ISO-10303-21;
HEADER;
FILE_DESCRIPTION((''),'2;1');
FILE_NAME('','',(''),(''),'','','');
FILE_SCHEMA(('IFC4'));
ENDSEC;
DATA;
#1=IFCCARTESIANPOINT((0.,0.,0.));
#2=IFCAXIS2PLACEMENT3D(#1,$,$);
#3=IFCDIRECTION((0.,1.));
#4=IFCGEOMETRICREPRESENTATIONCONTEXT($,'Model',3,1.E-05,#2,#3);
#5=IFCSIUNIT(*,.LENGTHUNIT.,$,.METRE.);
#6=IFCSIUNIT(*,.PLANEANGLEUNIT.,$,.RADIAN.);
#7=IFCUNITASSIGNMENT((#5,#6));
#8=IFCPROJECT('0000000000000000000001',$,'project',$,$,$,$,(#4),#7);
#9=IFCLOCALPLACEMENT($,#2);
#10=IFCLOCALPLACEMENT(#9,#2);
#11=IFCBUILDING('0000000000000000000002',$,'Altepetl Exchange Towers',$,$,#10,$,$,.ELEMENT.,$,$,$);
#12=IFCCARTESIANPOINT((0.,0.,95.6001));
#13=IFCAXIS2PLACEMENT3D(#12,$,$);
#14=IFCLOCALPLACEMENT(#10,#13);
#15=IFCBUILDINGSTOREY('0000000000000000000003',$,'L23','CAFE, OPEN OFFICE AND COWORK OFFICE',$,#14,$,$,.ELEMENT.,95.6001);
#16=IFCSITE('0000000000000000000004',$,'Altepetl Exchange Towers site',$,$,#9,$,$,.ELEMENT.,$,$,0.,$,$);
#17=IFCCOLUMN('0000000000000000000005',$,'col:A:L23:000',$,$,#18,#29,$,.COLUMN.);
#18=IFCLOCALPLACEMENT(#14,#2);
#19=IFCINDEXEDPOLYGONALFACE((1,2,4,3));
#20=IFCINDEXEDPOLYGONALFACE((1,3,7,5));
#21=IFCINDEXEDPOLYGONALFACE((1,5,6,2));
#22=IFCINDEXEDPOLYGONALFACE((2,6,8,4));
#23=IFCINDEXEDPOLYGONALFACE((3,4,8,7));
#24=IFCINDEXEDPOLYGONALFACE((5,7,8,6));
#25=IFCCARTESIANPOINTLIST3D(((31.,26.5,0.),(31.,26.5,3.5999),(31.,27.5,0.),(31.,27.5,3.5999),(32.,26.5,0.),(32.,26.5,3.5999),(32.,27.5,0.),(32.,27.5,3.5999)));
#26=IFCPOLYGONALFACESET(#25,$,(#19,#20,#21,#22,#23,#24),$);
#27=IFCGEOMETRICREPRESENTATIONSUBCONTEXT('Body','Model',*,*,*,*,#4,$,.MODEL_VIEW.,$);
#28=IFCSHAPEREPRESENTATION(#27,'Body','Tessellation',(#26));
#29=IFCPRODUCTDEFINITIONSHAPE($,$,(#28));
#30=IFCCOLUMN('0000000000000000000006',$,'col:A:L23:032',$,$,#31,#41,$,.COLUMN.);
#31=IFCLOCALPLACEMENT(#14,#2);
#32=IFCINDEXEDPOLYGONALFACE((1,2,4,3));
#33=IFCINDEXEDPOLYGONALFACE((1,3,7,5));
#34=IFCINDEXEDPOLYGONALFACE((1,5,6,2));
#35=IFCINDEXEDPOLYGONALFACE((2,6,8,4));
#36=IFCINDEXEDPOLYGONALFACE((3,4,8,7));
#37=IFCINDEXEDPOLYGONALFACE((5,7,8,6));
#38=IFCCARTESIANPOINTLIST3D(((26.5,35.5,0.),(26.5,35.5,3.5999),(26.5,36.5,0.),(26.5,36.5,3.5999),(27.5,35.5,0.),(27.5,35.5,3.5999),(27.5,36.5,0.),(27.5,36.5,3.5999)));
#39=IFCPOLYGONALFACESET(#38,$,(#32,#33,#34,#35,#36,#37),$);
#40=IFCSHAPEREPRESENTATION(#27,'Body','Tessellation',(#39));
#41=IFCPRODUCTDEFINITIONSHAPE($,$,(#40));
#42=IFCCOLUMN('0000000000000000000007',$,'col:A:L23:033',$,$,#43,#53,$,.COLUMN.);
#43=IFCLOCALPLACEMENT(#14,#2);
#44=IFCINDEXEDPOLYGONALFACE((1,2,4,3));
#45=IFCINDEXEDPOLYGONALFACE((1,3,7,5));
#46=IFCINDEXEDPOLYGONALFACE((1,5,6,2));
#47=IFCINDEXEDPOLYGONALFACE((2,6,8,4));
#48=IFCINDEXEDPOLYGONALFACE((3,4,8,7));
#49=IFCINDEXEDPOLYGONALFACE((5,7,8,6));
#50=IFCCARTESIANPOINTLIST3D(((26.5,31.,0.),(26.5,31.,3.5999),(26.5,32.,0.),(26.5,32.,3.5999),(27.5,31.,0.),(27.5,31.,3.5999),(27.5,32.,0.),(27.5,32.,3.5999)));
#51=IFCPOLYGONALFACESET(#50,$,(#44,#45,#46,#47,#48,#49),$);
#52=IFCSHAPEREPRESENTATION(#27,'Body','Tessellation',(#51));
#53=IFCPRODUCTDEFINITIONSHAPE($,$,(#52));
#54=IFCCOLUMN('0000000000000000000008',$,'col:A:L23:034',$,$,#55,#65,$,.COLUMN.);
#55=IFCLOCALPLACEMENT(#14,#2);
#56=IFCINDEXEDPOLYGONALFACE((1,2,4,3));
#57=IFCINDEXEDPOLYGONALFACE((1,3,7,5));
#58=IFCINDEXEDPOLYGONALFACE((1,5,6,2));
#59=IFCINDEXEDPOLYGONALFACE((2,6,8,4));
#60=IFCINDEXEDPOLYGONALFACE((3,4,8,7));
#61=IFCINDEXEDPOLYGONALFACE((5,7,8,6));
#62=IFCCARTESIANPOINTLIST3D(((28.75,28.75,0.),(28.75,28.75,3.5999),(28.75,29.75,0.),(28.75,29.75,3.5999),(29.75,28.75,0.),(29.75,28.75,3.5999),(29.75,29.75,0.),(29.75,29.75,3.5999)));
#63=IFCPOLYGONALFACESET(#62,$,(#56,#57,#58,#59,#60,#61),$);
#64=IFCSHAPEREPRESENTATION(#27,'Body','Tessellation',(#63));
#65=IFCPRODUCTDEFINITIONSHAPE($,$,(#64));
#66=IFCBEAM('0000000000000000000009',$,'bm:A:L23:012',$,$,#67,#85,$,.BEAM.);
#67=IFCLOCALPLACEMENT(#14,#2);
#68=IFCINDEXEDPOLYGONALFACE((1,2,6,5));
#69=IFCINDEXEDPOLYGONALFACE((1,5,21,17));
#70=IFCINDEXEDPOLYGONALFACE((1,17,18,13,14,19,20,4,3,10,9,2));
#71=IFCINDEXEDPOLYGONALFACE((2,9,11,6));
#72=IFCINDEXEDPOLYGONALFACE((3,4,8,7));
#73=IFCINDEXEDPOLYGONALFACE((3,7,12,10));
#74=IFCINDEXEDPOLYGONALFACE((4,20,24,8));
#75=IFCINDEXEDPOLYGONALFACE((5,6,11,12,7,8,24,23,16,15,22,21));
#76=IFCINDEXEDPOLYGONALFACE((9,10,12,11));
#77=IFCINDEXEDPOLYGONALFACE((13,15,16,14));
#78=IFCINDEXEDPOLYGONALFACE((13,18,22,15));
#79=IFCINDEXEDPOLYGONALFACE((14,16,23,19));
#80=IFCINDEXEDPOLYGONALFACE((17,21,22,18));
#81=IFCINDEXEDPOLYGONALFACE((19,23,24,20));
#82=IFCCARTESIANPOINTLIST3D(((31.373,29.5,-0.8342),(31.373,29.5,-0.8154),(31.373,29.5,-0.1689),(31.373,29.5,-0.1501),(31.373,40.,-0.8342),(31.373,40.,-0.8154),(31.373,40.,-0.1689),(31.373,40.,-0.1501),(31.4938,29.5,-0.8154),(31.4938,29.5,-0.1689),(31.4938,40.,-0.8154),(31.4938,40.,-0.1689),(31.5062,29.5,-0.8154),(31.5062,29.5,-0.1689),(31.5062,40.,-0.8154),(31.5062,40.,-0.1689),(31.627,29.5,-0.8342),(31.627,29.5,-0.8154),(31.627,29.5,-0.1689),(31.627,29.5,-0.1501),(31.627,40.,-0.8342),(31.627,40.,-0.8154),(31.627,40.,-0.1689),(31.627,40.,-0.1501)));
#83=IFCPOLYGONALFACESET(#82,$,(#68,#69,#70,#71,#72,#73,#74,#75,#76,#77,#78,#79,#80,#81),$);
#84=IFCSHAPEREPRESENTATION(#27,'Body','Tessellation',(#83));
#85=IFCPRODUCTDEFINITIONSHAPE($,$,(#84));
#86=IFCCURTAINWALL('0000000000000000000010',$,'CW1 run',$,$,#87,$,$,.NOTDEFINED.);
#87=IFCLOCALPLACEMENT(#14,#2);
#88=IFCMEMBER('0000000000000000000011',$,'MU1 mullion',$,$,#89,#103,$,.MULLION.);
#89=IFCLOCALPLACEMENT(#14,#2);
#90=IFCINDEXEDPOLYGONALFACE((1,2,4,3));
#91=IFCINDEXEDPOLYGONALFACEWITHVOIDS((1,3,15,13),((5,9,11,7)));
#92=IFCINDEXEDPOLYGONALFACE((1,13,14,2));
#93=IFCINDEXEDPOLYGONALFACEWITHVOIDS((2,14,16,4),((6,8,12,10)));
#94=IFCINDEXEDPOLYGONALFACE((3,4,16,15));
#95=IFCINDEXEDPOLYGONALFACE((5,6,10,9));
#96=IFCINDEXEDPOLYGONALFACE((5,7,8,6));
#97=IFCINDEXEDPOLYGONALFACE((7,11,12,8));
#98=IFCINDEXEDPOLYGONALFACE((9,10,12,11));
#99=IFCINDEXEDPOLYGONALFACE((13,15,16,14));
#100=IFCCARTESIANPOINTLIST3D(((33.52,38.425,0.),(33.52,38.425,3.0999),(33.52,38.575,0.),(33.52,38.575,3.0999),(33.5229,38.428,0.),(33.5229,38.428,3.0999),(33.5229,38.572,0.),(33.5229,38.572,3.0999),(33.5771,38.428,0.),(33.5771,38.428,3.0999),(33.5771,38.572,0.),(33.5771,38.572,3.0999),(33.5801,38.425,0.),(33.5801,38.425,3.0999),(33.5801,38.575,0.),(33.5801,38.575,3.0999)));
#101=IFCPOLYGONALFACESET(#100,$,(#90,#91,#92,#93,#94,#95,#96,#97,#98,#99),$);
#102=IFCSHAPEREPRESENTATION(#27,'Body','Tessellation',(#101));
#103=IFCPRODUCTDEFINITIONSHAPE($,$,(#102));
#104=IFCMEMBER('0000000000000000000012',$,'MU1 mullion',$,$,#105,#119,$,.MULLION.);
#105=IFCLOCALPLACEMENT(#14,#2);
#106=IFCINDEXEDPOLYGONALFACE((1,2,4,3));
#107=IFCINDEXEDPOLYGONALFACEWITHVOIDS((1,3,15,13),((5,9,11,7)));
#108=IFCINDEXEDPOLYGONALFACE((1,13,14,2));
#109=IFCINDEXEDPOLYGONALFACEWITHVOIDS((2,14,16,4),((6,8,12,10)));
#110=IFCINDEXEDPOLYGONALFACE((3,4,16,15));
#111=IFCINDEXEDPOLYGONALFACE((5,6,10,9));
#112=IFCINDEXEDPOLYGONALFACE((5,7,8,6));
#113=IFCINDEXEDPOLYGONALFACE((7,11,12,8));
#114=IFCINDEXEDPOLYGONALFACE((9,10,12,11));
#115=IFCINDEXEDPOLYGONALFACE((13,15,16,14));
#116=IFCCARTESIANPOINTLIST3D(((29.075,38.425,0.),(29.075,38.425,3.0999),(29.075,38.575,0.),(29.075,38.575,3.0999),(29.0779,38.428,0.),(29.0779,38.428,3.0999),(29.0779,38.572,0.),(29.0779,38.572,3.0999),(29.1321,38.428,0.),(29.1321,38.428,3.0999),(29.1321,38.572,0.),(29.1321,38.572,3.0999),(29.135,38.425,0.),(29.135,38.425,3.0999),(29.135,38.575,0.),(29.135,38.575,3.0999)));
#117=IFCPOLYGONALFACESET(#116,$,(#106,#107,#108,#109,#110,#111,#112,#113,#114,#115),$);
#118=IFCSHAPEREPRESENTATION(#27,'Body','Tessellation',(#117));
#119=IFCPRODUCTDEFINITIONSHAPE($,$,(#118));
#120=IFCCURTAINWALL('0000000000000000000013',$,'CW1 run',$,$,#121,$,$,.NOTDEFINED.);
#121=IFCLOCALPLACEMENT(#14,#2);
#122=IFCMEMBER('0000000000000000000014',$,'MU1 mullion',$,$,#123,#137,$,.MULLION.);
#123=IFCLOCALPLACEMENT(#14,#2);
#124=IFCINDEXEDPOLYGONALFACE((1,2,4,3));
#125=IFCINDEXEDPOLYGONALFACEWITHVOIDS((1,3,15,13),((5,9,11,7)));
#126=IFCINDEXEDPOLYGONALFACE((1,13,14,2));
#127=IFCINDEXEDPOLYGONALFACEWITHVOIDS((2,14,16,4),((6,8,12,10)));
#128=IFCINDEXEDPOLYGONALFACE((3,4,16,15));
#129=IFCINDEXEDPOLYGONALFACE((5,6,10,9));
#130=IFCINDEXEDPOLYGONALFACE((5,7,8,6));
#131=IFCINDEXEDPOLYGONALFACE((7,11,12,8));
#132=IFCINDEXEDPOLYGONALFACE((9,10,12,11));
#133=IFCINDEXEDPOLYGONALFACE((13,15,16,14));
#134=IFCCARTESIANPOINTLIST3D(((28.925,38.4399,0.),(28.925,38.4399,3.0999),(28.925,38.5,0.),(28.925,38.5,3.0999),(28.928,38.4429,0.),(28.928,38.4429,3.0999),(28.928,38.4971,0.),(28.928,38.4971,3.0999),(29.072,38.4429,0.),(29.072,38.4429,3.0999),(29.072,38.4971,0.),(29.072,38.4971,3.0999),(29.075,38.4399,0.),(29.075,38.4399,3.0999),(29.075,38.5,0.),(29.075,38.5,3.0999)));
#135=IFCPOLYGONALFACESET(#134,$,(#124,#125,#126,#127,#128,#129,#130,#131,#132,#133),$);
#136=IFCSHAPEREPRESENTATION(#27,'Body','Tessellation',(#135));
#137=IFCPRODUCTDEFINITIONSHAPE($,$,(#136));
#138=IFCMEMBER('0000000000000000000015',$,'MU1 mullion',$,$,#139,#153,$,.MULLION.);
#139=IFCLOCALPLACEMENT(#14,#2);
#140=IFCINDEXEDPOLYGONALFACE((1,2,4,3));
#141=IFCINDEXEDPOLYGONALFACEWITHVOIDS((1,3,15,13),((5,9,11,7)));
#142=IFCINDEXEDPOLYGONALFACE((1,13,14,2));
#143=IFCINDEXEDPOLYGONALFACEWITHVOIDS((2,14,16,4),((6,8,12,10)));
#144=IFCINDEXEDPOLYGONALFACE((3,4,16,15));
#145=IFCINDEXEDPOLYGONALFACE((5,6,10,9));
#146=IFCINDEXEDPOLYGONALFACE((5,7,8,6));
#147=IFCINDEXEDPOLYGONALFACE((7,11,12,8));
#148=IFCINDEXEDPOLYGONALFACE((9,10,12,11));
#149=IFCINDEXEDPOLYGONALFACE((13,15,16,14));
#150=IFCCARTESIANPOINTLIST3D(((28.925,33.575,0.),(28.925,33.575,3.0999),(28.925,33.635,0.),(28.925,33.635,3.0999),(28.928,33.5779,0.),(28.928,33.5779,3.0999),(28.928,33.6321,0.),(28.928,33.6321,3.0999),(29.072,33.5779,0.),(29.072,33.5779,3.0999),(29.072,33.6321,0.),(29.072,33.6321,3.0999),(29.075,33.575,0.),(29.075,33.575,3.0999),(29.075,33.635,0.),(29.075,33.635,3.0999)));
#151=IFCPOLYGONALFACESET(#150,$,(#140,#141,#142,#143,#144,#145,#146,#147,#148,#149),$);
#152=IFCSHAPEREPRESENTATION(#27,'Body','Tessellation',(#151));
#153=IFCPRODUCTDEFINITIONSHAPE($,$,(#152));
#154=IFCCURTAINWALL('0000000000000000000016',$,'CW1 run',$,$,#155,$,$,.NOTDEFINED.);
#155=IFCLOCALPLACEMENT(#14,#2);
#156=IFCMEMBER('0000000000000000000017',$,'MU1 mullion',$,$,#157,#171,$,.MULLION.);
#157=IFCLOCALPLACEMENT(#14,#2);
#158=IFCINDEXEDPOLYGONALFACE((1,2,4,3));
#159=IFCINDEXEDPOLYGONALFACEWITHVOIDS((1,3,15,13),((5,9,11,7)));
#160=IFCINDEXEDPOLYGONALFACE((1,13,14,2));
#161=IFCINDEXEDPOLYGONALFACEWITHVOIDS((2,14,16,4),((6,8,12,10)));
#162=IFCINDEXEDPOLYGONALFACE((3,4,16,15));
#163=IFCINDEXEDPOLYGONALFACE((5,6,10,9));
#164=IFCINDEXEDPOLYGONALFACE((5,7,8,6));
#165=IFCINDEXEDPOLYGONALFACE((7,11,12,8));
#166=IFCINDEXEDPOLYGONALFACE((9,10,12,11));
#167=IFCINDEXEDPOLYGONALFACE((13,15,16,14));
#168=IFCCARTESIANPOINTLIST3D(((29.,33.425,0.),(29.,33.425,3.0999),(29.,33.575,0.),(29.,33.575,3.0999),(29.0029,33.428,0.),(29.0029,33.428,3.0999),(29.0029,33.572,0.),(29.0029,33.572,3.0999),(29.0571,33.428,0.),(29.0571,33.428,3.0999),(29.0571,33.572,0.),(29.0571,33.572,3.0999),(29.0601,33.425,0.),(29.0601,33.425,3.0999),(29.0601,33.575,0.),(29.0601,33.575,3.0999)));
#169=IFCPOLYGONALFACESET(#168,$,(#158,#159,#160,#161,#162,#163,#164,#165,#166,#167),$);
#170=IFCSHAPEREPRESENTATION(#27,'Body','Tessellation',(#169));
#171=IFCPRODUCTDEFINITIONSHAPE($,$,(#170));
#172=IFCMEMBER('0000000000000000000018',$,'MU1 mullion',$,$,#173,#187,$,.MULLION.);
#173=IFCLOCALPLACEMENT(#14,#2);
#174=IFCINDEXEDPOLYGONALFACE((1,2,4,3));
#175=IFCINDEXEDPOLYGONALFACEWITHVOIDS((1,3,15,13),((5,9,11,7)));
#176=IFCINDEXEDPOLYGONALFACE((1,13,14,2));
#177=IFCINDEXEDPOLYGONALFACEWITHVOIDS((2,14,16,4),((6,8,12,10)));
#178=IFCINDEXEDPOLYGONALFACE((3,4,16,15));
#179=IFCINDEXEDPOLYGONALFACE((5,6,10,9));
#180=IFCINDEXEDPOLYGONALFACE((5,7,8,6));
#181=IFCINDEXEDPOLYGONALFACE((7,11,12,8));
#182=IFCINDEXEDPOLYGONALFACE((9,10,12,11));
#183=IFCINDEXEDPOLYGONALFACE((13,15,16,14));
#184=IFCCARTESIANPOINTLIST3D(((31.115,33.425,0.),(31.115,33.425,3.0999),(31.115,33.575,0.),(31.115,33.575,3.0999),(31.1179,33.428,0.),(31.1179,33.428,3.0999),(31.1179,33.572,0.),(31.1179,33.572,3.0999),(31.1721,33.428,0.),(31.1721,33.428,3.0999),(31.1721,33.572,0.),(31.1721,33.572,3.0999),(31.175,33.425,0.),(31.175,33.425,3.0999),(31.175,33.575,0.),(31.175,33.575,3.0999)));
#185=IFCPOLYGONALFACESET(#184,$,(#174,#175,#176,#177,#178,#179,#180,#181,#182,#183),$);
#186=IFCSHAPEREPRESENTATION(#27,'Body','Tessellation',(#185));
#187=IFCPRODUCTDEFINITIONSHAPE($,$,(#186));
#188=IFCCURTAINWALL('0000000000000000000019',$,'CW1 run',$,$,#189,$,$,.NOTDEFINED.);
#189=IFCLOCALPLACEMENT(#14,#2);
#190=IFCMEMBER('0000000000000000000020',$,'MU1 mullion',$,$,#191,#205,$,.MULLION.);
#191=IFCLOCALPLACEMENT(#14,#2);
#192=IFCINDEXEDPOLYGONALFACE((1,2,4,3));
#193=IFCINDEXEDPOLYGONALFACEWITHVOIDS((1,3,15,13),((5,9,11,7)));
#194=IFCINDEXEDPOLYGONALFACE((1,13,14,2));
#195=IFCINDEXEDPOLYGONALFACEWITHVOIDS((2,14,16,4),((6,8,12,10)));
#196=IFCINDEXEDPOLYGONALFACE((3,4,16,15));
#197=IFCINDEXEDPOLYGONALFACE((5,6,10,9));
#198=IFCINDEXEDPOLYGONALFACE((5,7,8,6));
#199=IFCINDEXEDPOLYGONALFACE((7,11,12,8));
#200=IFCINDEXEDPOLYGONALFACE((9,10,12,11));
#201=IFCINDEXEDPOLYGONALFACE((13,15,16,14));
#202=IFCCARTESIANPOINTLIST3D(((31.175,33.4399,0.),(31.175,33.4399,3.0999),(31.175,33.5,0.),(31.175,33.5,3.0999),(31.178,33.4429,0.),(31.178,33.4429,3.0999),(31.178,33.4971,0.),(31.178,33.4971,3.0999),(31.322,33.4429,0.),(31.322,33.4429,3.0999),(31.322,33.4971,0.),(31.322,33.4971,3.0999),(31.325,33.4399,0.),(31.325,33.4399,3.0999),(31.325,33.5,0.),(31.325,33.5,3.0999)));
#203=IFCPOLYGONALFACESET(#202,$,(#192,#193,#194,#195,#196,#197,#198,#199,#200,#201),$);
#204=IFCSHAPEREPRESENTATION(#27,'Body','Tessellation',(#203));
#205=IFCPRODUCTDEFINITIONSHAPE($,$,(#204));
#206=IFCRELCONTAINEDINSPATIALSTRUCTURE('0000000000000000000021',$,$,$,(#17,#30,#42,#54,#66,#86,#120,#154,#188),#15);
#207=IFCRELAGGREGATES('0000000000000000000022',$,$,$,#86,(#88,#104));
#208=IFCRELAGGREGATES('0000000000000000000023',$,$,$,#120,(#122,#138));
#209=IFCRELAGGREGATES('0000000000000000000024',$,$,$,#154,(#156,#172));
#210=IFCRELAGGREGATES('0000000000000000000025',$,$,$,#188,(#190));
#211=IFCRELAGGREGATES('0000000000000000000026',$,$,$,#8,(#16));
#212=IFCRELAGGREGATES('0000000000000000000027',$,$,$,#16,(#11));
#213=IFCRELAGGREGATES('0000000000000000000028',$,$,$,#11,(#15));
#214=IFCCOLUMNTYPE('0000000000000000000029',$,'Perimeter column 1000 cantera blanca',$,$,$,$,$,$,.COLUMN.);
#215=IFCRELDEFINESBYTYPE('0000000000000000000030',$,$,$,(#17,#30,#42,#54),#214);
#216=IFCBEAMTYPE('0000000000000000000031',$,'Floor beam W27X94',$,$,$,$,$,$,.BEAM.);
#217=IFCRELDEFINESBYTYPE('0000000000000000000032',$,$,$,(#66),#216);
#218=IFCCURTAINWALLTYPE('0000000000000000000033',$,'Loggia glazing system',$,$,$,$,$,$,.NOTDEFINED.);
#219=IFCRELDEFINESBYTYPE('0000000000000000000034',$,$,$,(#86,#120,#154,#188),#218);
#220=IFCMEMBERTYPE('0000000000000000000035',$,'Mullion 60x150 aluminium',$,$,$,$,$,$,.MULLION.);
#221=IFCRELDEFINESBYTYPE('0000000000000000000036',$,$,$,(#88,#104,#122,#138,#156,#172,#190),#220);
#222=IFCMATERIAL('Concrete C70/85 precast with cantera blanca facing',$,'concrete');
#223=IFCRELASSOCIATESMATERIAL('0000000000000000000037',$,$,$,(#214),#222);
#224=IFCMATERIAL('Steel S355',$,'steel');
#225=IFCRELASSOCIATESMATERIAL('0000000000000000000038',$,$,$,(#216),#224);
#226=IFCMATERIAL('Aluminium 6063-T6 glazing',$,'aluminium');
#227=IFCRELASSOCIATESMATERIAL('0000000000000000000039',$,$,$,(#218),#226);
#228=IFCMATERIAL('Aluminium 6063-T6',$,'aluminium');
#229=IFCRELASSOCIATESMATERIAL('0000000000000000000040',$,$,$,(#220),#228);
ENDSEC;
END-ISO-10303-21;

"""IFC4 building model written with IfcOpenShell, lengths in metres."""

from ifc_helpers import new_model, si_unit, direction, frame, origin, origin_2d, place, context, subcontext, project, spatial, rectangle, hollow_rectangle, i_section, extrude, material, material_profile, profile_set, type_object, element, aggregate, save


model = new_model("IFC4")

# Units and contexts
model_context = context("Model", 3, precision=1e-05, world=origin(), true_north=direction((0.0, 1.0)))
body_context = subcontext(model_context, "Body", "Model", "MODEL_VIEW")
ifc_project = project(units=[si_unit("LENGTHUNIT", "METRE"), si_unit("PLANEANGLEUNIT", "RADIAN")], contexts=[model_context])

# Site, building, storey
site_placement = place(None, origin())
site = spatial("IfcSite", under=ifc_project, at=site_placement, Name="Altepetl Exchange Towers site", CompositionType="ELEMENT", RefElevation=0.0)
building_placement = place(site_placement, origin())
building = spatial("IfcBuilding", under=site, at=building_placement, Name="Altepetl Exchange Towers", CompositionType="ELEMENT")
storey_placement = place(building_placement, frame((0.0, 0.0, 95.6001)))
storey = spatial("IfcBuildingStorey", under=building, at=storey_placement, Name="L23", Description="CAFE, OPEN OFFICE AND COWORK OFFICE", CompositionType="ELEMENT", Elevation=95.6001)

# Columns
ifc_material_1 = material(Name="Concrete C70/85 precast with cantera blanca facing", Category="concrete")
ifc_material_profile_1 = material_profile(ifc_material_1, rectangle(XDim=1.0, YDim=1.0, at=origin_2d()), Name="1000 x 1000")
ifc_profile_set_1 = profile_set([ifc_material_profile_1], Name="Concrete C70/85 precast with cantera blanca facing")
column_type = type_object("IfcColumnType", Name="Perimeter column 1000 cantera blanca", PredefinedType="COLUMN", material=ifc_profile_set_1)
for number, where, name in (
    (1, (31.5, 27.0, 0.0), "col:A:L23:000"),
    (2, (27.0, 36.0, 0.0), "col:A:L23:032"),
    (3, (27.0, 31.5, 0.0), "col:A:L23:033"),
    (4, (29.25, 29.25, 0.0), "col:A:L23:034"),
):
    element("IfcColumn", number, at=place(storey_placement, frame(where)), inside=storey, type_object=column_type, Name=name, PredefinedType="COLUMN", context=body_context, shape_type="SweptSolid", body=[
        extrude(rectangle(XDim=1.0, YDim=1.0, at=origin_2d()), origin(), (0.0, 0.0, 1.0), 3.5999),
    ])

# Beam
ifc_material_2 = material(Name="Steel S355", Category="steel")
ifc_material_profile_2 = material_profile(ifc_material_2, i_section(OverallWidth=0.2539, OverallDepth=0.6841, WebThickness=0.0125, FlangeThickness=0.0188, at=origin_2d()), Name="W27X94")
ifc_profile_set_2 = profile_set([ifc_material_profile_2], Name="Steel S355")
beam_type_1 = type_object("IfcBeamType", Name="Floor beam W27X94", PredefinedType="BEAM", material=ifc_profile_set_2)
beam_1_placement = place(storey_placement, frame((31.5, 29.5, -0.4922), z_axis=(0.0, 1.0, 0.0), x_axis=(-1.0, 0.0, 0.0)))
element("IfcBeam", 5, at=beam_1_placement, inside=storey, type_object=beam_type_1, Name="bm:A:L23:012", PredefinedType="BEAM", context=body_context, shape_type="SweptSolid", body=[
    extrude(i_section(OverallWidth=0.2539, OverallDepth=0.6841, WebThickness=0.0125, FlangeThickness=0.0188, at=origin_2d()), origin(), (0.0, 0.0, 1.0), 10.5),
])

# Curtain walls, members
ifc_material_3 = material(Name="Aluminium 6063-T6 glazing", Category="aluminium")
curtain_wall_type = type_object("IfcCurtainWallType", Name="Loggia glazing system", PredefinedType="NOTDEFINED", material=ifc_material_3)
curtain_wall_1_placement = place(storey_placement, origin())
curtain_wall_1 = element("IfcCurtainWall", 6, at=curtain_wall_1_placement, inside=storey, type_object=curtain_wall_type, Name="CW1 run", PredefinedType="NOTDEFINED")
ifc_material_4 = material(Name="Aluminium 6063-T6", Category="aluminium")
ifc_material_profile_3 = material_profile(ifc_material_4, hollow_rectangle(XDim=0.0601, YDim=0.1499, WallThickness=0.0029, at=origin_2d()), Name="Mullion 60x150 aluminium")
ifc_profile_set_3 = profile_set([ifc_material_profile_3], Name="Aluminium 6063-T6")
member_type = type_object("IfcMemberType", Name="Mullion 60x150 aluminium", PredefinedType="MULLION", material=ifc_profile_set_3)
member_1_placement = place(storey_placement, frame((33.55, 38.5, 0.0), z_axis=(0.0, 0.0, 1.0), x_axis=(-1.0, 0.0, 0.0)))
member_1 = element("IfcMember", 7, at=member_1_placement, type_object=member_type, Name="MU1 mullion", PredefinedType="MULLION", context=body_context, shape_type="SweptSolid", body=[
    extrude(hollow_rectangle(XDim=0.0601, YDim=0.1499, WallThickness=0.0029, at=origin_2d()), origin(), (0.0, 0.0, 1.0), 3.0999),
])
member_2_placement = place(storey_placement, frame((29.105, 38.5, 0.0), z_axis=(0.0, 0.0, 1.0), x_axis=(-1.0, 0.0, 0.0)))
member_2 = element("IfcMember", 8, at=member_2_placement, type_object=member_type, Name="MU1 mullion", PredefinedType="MULLION", context=body_context, shape_type="SweptSolid", body=[
    extrude(hollow_rectangle(XDim=0.0601, YDim=0.1499, WallThickness=0.0029, at=origin_2d()), origin(), (0.0, 0.0, 1.0), 3.0999),
])
curtain_wall_2_placement = place(storey_placement, origin())
curtain_wall_2 = element("IfcCurtainWall", 9, at=curtain_wall_2_placement, inside=storey, type_object=curtain_wall_type, Name="CW1 run", PredefinedType="NOTDEFINED")
member_3_placement = place(storey_placement, frame((29.0, 38.47, 0.0), z_axis=(0.0, 0.0, 1.0), x_axis=(0.0, -1.0, 0.0)))
member_3 = element("IfcMember", 10, at=member_3_placement, type_object=member_type, Name="MU1 mullion", PredefinedType="MULLION", context=body_context, shape_type="SweptSolid", body=[
    extrude(hollow_rectangle(XDim=0.0601, YDim=0.1499, WallThickness=0.0029, at=origin_2d()), origin(), (0.0, 0.0, 1.0), 3.0999),
])
member_4_placement = place(storey_placement, frame((29.0, 33.605, 0.0), z_axis=(0.0, 0.0, 1.0), x_axis=(0.0, -1.0, 0.0)))
member_4 = element("IfcMember", 11, at=member_4_placement, type_object=member_type, Name="MU1 mullion", PredefinedType="MULLION", context=body_context, shape_type="SweptSolid", body=[
    extrude(hollow_rectangle(XDim=0.0601, YDim=0.1499, WallThickness=0.0029, at=origin_2d()), origin(), (0.0, 0.0, 1.0), 3.0999),
])
curtain_wall_3_placement = place(storey_placement, origin())
curtain_wall_3 = element("IfcCurtainWall", 12, at=curtain_wall_3_placement, inside=storey, type_object=curtain_wall_type, Name="CW1 run", PredefinedType="NOTDEFINED")
member_5_placement = place(storey_placement, frame((29.03, 33.5, 0.0)))
member_5 = element("IfcMember", 13, at=member_5_placement, type_object=member_type, Name="MU1 mullion", PredefinedType="MULLION", context=body_context, shape_type="SweptSolid", body=[
    extrude(hollow_rectangle(XDim=0.0601, YDim=0.1499, WallThickness=0.0029, at=origin_2d()), origin(), (0.0, 0.0, 1.0), 3.0999),
])
member_6_placement = place(storey_placement, frame((31.145, 33.5, 0.0)))
member_6 = element("IfcMember", 14, at=member_6_placement, type_object=member_type, Name="MU1 mullion", PredefinedType="MULLION", context=body_context, shape_type="SweptSolid", body=[
    extrude(hollow_rectangle(XDim=0.0601, YDim=0.1499, WallThickness=0.0029, at=origin_2d()), origin(), (0.0, 0.0, 1.0), 3.0999),
])
curtain_wall_4_placement = place(storey_placement, origin())
curtain_wall_4 = element("IfcCurtainWall", 15, at=curtain_wall_4_placement, inside=storey, type_object=curtain_wall_type, Name="CW1 run", PredefinedType="NOTDEFINED")
member_7_placement = place(storey_placement, frame((31.25, 33.47, 0.0), z_axis=(0.0, 0.0, 1.0), x_axis=(0.0, -1.0, 0.0)))
member_7 = element("IfcMember", 16, at=member_7_placement, type_object=member_type, Name="MU1 mullion", PredefinedType="MULLION", context=body_context, shape_type="SweptSolid", body=[
    extrude(hollow_rectangle(XDim=0.0601, YDim=0.1499, WallThickness=0.0029, at=origin_2d()), origin(), (0.0, 0.0, 1.0), 3.0999),
])

aggregate(curtain_wall_1, [member_1, member_2])
aggregate(curtain_wall_2, [member_3, member_4])
aggregate(curtain_wall_3, [member_5, member_6])
aggregate(curtain_wall_4, [member_7])

save(model, "model.ifc")
